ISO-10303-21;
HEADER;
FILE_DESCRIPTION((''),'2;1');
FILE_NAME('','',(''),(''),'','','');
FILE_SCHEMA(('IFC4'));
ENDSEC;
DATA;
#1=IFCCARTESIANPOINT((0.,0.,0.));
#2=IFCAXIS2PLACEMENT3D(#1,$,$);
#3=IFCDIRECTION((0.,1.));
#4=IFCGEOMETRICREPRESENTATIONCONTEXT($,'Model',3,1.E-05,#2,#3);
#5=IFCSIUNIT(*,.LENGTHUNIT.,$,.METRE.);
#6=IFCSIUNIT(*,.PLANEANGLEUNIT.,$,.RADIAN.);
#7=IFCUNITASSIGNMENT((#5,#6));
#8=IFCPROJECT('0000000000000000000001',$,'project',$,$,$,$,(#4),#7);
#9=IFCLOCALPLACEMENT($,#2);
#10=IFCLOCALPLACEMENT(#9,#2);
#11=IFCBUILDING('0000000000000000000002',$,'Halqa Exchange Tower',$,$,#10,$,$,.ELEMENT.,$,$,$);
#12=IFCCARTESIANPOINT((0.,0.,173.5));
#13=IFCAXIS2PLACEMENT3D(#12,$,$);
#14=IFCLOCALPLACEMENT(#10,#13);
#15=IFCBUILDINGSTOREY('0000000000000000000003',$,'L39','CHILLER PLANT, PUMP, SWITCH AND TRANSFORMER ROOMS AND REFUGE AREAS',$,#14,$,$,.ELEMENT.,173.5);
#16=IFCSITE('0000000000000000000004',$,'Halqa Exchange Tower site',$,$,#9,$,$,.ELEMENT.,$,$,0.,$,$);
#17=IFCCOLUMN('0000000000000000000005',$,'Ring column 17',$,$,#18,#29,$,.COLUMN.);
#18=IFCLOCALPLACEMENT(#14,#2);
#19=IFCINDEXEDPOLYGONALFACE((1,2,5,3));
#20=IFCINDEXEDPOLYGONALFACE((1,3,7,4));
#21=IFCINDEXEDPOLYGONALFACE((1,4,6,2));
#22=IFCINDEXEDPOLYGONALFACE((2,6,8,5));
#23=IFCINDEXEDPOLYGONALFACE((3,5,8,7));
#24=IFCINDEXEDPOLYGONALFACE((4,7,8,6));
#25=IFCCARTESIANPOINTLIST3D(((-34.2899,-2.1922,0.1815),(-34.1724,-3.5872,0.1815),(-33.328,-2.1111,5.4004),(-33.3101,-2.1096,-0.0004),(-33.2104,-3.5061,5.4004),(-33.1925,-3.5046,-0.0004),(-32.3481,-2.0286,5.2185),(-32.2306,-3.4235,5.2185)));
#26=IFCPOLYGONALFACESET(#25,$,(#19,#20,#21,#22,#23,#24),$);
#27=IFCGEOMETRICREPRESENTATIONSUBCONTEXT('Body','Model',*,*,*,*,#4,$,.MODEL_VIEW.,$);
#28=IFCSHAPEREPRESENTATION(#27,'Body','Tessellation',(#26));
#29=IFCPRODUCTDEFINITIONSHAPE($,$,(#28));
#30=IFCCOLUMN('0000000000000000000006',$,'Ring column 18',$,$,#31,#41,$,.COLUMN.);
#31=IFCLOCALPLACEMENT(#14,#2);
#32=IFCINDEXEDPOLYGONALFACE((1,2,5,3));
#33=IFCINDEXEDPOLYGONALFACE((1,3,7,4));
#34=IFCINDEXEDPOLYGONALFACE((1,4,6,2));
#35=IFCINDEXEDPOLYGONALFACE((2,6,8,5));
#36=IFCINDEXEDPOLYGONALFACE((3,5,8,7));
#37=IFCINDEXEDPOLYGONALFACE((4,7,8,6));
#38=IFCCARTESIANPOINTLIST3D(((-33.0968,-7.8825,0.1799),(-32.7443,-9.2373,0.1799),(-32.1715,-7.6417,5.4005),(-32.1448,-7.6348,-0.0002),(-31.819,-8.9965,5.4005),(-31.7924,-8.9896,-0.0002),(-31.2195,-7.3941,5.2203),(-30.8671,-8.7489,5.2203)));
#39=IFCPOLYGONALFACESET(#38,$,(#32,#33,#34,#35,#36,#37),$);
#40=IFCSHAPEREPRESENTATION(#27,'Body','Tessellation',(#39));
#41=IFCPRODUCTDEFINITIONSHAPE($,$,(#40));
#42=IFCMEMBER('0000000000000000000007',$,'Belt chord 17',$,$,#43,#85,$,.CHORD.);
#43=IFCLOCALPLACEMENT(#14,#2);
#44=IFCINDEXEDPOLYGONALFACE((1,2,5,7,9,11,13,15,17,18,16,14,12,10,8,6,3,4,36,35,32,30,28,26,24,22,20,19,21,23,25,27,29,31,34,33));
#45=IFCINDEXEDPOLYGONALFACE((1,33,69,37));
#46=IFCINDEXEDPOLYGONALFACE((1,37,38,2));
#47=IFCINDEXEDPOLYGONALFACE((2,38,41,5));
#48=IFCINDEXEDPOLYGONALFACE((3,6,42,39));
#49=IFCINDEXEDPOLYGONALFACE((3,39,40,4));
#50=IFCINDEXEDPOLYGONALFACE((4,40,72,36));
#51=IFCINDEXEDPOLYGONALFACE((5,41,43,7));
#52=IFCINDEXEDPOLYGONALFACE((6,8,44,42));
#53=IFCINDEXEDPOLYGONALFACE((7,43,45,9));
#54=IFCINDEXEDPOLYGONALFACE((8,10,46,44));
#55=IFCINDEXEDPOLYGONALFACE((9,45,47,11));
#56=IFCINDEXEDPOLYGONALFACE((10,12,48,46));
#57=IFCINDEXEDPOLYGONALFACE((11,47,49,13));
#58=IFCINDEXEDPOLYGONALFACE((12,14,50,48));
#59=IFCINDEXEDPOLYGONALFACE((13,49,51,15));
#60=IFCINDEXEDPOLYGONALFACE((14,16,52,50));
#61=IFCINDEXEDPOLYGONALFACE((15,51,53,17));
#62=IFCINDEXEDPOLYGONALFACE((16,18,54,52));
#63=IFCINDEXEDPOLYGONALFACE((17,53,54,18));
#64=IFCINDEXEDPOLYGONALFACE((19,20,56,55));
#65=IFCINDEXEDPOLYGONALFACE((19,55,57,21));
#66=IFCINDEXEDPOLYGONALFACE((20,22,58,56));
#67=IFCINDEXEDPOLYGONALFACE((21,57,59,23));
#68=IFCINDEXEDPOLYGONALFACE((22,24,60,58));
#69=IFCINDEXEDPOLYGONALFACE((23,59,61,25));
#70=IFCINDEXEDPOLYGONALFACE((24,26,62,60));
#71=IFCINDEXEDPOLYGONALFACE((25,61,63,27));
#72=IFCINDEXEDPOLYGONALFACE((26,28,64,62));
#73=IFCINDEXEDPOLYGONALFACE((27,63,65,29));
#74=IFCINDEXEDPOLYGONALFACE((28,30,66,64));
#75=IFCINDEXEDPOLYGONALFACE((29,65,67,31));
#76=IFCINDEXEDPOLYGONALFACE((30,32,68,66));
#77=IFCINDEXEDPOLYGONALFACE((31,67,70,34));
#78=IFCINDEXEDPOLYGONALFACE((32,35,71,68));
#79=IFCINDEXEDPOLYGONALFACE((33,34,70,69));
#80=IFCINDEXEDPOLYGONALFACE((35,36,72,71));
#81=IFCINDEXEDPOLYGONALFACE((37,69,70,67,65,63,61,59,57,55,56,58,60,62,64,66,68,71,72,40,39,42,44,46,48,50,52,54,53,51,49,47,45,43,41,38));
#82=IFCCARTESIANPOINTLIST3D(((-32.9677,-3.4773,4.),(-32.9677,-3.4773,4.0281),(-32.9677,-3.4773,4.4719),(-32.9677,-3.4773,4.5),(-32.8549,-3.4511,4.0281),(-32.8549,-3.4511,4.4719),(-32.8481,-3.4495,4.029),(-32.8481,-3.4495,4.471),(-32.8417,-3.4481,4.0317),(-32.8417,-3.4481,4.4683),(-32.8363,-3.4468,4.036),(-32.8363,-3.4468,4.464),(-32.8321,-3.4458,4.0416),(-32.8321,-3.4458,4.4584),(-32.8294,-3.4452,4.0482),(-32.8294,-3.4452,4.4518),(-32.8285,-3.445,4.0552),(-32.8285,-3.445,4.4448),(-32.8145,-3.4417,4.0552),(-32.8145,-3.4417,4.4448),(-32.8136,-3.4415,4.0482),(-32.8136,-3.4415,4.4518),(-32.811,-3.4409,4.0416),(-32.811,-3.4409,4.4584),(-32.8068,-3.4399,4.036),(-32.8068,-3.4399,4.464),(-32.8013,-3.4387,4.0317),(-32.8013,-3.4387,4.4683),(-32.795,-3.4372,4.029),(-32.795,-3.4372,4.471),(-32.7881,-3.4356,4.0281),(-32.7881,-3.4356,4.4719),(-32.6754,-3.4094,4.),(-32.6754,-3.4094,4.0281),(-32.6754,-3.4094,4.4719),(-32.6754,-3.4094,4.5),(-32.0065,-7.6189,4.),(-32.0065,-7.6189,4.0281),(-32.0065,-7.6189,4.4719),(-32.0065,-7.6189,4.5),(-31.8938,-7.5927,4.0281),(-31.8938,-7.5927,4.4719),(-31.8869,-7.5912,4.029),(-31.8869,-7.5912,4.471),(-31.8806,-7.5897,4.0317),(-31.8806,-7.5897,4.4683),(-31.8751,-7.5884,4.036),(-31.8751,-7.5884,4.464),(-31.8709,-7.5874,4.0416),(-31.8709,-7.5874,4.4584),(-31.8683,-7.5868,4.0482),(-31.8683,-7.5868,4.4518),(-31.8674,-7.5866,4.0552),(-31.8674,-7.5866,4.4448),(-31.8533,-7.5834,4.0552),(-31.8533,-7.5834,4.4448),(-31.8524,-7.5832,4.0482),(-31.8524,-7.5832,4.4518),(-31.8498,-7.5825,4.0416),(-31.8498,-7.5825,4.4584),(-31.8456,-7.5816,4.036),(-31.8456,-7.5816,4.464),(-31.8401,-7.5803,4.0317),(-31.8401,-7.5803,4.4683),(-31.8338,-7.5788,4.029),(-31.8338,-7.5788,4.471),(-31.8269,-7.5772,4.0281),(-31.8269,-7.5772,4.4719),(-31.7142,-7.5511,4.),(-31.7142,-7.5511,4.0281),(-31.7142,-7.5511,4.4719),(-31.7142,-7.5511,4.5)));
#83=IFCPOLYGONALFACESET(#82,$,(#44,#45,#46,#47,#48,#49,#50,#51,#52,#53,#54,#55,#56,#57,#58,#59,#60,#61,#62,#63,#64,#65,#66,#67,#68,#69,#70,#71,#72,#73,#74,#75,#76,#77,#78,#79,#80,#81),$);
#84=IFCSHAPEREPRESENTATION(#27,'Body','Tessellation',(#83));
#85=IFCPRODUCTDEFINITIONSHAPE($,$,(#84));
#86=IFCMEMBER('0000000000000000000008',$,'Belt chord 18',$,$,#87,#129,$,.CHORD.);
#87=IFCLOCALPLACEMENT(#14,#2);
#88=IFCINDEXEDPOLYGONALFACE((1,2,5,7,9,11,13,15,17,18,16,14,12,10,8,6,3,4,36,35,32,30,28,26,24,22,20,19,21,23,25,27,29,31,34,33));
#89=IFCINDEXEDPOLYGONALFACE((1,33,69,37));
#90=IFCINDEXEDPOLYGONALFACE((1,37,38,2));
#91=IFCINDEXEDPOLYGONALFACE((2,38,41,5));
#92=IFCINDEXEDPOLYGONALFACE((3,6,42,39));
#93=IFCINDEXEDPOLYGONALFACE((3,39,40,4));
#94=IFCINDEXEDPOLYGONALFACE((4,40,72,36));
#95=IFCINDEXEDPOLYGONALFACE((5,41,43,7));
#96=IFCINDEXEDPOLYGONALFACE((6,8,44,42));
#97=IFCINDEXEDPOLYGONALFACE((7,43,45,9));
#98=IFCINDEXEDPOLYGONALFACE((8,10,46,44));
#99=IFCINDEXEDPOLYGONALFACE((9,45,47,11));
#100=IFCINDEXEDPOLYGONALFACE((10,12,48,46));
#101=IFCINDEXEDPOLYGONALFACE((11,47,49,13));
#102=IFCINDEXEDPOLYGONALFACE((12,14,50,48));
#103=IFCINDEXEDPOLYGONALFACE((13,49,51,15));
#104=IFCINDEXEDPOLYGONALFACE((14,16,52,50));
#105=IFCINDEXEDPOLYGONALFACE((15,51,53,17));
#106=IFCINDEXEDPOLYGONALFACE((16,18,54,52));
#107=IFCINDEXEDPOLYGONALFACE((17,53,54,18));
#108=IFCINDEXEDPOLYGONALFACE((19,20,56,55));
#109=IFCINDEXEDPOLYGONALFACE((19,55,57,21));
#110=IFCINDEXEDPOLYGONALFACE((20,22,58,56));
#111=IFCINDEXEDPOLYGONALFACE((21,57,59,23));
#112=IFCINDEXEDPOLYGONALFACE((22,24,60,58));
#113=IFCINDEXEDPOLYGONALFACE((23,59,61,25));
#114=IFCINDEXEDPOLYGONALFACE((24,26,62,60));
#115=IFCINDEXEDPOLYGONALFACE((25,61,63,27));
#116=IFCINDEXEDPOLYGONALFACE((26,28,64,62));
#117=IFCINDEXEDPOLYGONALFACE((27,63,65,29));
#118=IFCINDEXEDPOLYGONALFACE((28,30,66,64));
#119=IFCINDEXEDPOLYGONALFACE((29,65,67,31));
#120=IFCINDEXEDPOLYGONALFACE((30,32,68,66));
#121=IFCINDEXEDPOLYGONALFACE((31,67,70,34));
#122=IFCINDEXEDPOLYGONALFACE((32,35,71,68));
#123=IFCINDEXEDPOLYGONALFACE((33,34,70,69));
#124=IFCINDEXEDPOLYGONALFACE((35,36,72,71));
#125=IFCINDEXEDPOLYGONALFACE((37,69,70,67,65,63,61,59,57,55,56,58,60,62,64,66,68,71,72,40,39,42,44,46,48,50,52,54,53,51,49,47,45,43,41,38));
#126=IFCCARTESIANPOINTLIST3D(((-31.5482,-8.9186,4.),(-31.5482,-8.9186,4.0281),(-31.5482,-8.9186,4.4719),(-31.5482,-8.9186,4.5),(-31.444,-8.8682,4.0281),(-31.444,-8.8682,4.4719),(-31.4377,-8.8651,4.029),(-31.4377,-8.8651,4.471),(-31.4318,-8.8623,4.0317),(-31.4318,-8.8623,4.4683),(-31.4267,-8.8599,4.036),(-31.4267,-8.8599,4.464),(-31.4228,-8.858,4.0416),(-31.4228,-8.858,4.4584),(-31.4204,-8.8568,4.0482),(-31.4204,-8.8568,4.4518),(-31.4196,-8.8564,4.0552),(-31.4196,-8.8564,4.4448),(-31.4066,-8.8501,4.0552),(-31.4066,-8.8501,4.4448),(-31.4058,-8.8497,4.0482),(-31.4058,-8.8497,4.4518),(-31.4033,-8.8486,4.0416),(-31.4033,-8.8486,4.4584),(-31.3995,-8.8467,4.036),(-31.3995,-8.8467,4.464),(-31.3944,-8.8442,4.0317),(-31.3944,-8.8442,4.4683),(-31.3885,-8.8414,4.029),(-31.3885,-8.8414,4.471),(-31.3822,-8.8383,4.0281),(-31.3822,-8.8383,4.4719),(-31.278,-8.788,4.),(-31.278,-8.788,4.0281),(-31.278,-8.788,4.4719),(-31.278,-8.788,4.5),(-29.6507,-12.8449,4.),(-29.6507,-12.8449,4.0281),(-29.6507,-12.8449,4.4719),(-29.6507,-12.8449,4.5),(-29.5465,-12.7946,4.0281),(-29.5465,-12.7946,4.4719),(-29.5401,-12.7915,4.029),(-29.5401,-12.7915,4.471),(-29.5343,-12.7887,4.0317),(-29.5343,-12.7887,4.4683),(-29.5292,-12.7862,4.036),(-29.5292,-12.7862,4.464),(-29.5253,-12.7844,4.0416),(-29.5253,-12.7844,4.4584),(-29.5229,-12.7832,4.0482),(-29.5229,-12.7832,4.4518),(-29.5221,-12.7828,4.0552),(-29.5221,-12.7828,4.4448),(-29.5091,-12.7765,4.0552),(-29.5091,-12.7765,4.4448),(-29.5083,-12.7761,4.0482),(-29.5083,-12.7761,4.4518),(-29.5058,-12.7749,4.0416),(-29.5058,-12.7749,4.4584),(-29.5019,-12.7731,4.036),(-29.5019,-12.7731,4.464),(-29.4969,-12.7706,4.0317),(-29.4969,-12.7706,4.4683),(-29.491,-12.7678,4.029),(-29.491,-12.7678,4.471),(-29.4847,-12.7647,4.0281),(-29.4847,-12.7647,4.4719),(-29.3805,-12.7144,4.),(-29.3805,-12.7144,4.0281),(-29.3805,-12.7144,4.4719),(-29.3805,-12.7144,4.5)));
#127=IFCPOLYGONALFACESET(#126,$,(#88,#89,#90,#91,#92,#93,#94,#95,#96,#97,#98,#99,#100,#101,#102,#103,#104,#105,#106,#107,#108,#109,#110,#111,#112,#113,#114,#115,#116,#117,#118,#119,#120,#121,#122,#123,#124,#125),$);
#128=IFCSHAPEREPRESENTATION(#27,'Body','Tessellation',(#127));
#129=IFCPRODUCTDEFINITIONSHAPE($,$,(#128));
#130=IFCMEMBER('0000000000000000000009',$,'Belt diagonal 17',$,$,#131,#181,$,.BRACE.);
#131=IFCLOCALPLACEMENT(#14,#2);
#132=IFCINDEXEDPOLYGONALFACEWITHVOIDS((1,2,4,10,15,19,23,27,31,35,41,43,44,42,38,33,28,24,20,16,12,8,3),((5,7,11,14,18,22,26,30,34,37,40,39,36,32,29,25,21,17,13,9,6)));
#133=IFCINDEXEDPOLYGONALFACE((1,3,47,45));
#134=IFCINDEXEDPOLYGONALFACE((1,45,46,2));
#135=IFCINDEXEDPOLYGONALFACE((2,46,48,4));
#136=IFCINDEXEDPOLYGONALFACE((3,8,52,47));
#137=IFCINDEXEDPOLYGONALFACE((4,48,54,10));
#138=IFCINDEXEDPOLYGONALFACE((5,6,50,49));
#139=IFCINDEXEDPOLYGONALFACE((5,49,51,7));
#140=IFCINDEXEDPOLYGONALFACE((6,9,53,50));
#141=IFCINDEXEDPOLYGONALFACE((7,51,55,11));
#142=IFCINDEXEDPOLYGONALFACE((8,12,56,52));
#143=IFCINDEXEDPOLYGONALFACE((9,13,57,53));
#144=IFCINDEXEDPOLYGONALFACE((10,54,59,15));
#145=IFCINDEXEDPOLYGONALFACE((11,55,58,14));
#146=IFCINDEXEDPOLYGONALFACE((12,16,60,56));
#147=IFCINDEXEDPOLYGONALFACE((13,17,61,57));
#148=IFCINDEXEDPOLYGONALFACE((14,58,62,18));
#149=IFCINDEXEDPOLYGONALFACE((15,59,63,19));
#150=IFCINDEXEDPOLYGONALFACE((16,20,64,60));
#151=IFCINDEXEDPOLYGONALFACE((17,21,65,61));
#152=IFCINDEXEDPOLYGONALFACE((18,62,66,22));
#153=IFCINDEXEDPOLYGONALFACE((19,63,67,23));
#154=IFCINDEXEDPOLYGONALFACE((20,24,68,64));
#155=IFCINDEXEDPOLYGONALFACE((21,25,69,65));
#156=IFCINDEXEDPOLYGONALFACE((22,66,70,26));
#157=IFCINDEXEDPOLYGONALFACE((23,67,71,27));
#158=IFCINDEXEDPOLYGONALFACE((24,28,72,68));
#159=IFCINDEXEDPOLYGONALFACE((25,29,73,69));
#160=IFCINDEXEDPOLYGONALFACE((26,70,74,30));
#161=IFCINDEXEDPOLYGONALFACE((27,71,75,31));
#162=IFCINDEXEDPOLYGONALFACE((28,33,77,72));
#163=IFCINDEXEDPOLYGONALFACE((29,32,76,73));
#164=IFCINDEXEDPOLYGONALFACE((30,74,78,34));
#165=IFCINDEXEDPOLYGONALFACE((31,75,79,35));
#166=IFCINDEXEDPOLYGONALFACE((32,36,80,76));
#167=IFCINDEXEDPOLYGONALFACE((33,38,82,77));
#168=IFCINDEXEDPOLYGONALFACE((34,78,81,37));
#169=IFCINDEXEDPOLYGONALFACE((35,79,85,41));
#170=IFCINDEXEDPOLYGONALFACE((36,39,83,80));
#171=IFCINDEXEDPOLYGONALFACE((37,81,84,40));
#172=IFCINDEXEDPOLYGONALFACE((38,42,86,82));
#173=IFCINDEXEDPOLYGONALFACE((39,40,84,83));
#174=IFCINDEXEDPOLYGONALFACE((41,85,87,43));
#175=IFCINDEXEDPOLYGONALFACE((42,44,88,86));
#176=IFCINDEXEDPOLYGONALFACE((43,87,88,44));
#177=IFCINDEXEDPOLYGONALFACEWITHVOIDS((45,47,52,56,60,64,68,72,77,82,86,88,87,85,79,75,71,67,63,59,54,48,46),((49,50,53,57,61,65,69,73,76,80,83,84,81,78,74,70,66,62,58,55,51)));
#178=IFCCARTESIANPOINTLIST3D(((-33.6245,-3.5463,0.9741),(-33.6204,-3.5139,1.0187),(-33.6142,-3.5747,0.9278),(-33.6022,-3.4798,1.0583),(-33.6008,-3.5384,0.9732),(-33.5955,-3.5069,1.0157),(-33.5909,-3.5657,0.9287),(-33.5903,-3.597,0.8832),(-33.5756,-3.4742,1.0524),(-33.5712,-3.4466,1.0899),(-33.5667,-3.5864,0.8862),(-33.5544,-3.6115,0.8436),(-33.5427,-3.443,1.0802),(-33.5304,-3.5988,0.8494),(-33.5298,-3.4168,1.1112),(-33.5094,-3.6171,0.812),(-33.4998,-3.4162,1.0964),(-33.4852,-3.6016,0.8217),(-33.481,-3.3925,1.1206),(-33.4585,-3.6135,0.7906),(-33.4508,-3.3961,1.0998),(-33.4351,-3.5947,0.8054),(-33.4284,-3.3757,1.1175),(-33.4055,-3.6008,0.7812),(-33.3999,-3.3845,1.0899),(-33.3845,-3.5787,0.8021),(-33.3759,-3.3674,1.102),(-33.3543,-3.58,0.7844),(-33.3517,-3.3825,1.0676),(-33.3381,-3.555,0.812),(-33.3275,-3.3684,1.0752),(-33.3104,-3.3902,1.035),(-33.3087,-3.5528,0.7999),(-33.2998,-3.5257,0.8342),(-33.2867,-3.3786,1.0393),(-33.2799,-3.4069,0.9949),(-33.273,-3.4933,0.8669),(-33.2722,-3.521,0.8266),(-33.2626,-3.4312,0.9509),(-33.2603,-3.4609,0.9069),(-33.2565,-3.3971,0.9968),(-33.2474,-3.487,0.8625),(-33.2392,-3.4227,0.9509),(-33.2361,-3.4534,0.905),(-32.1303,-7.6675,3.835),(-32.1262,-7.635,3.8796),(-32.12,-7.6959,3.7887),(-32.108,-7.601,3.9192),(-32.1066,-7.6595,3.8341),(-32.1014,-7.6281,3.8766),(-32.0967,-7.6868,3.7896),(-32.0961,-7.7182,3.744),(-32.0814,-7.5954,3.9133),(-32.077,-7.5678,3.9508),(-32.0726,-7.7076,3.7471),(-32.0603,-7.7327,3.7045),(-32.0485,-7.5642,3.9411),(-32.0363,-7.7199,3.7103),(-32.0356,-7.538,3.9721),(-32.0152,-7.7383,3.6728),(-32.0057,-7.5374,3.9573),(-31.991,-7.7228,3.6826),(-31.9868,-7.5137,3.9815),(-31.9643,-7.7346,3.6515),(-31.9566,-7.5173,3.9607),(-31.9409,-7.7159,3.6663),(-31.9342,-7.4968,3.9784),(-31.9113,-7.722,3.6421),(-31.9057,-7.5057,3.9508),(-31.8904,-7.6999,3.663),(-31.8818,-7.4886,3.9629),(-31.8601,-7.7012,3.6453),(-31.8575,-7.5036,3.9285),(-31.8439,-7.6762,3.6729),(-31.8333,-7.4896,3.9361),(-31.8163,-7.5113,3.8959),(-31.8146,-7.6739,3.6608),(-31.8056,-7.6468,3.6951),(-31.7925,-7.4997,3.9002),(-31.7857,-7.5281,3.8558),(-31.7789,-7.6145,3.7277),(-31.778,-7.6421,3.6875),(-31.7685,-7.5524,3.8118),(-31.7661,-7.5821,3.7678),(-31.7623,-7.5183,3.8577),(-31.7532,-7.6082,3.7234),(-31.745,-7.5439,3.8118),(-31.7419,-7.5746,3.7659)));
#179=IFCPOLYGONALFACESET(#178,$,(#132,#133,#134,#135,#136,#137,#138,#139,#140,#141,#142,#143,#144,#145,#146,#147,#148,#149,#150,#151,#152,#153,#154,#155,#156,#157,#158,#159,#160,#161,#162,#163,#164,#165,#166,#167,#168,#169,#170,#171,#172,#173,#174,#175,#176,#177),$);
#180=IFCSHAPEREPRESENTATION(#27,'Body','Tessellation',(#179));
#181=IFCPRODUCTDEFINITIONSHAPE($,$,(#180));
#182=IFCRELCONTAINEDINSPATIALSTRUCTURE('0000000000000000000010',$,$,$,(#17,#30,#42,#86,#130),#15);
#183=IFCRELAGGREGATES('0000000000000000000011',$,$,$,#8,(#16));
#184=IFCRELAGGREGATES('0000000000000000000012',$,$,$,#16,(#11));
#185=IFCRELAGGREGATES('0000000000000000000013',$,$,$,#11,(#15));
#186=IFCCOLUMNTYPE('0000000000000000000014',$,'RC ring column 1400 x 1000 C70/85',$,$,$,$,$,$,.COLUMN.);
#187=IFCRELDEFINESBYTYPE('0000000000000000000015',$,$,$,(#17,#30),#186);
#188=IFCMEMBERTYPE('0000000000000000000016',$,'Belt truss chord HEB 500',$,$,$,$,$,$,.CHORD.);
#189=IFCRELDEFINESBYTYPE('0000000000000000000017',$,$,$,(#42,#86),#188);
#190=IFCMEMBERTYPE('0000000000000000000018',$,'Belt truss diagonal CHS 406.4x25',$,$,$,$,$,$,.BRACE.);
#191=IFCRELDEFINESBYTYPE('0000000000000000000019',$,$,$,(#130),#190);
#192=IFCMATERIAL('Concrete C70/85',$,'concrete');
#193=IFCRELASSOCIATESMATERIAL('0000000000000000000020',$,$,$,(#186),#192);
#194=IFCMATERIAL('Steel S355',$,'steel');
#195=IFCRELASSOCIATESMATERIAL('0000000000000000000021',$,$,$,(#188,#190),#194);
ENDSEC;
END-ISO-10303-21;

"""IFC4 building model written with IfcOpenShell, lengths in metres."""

from ifc_helpers import new_model, si_unit, direction, frame, origin, origin_2d, place, context, subcontext, project, spatial, rectangle, hollow_circle, i_section, extrude, material, material_profile, profile_set, type_object, element, save


model = new_model("IFC4")

# Units and contexts
model_context = context("Model", 3, precision=1e-05, world=origin(), true_north=direction((0.0, 1.0)))
body_context = subcontext(model_context, "Body", "Model", "MODEL_VIEW")
ifc_project = project(units=[si_unit("LENGTHUNIT", "METRE"), si_unit("PLANEANGLEUNIT", "RADIAN")], contexts=[model_context])

# Site, building, storey
site_placement = place(None, origin())
site = spatial("IfcSite", under=ifc_project, at=site_placement, Name="Halqa Exchange Tower site", CompositionType="ELEMENT", RefElevation=0.0)
building_placement = place(site_placement, origin())
building = spatial("IfcBuilding", under=site, at=building_placement, Name="Halqa Exchange Tower", CompositionType="ELEMENT")
storey_placement = place(building_placement, frame((0.0, 0.0, 173.5)))
storey = spatial("IfcBuildingStorey", under=building, at=storey_placement, Name="L39", Description="CHILLER PLANT, PUMP, SWITCH AND TRANSFORMER ROOMS AND REFUGE AREAS", CompositionType="ELEMENT", Elevation=173.5)

# Columns
ifc_material_1 = material(Name="Concrete C70/85", Category="concrete")
ifc_material_profile_1 = material_profile(ifc_material_1, rectangle(XDim=1.3999, YDim=1.0, at=origin_2d()), Name="1400 x 1000")
ifc_profile_set_1 = profile_set([ifc_material_profile_1], Name="Concrete C70/85")
column_type = type_object("IfcColumnType", Name="RC ring column 1400 x 1000 C70/85", PredefinedType="COLUMN", material=ifc_profile_set_1)
for number, where, z_axis, x_axis, name in (
    (1, (-33.7412, -2.8484, 0.0906), (0.181244, 0.015272, 0.98332), (-0.083966, 0.996469, 0.0), "Ring column 17"),
    (2, (-32.4446, -8.436, 0.0898), (0.174344, 0.045357, 0.98364), (-0.251777, 0.967785, 0.0), "Ring column 18"),
):
    element("IfcColumn", number, at=place(storey_placement, frame(where, z_axis=z_axis, x_axis=x_axis)), inside=storey, type_object=column_type, Name=name, PredefinedType="COLUMN", context=body_context, shape_type="SweptSolid", body=[
        extrude(rectangle(XDim=1.3999, YDim=1.0, at=origin_2d()), origin(), (0.0, 0.0, 1.0), 5.3074),
    ])

# Members
ifc_material_2 = material(Name="Steel S355", Category="steel")
ifc_material_profile_2 = material_profile(ifc_material_2, i_section(OverallWidth=0.3, OverallDepth=0.5, WebThickness=0.0144, FlangeThickness=0.0281, FilletRadius=0.0271, at=origin_2d()), Name="HEB 500")
ifc_profile_set_2 = profile_set([ifc_material_profile_2], Name="Steel S355")
member_type_1 = type_object("IfcMemberType", Name="Belt truss chord HEB 500", PredefinedType="CHORD", material=ifc_profile_set_2)
member_1_placement = place(storey_placement, frame((-32.8215, -3.4434, 4.25), z_axis=(0.226071, -0.974111, 0.0), x_axis=(0.974111, 0.226071, 0.0)))
element("IfcMember", 3, at=member_1_placement, inside=storey, type_object=member_type_1, Name="Belt chord 17", PredefinedType="CHORD", context=body_context, shape_type="SweptSolid", body=[
    extrude(i_section(OverallWidth=0.3, OverallDepth=0.5, WebThickness=0.0144, FlangeThickness=0.0281, FilletRadius=0.0271, at=origin_2d()), origin(), (0.0, 0.0, 1.0), 4.2517),
])
member_2_placement = place(storey_placement, frame((-31.4131, -8.8533, 4.25), z_axis=(0.435125, -0.90037, 0.0), x_axis=(0.90037, 0.435125, 0.0)))
element("IfcMember", 4, at=member_2_placement, inside=storey, type_object=member_type_1, Name="Belt chord 18", PredefinedType="CHORD", context=body_context, shape_type="SweptSolid", body=[
    extrude(i_section(OverallWidth=0.3, OverallDepth=0.5, WebThickness=0.0144, FlangeThickness=0.0281, FilletRadius=0.0271, at=origin_2d()), origin(), (0.0, 0.0, 1.0), 4.3608),
])
ifc_material_profile_3 = material_profile(ifc_material_2, hollow_circle(Radius=0.2031, WallThickness=0.0249, at=origin_2d()), Name="CHS 406.4x25")
ifc_profile_set_3 = profile_set([ifc_material_profile_3], Name="Steel S355")
member_type_2 = type_object("IfcMemberType", Name="Belt truss diagonal CHS 406.4x25", PredefinedType="BRACE", material=ifc_profile_set_3)
member_3_placement = place(storey_placement, frame((-33.4302, -3.4919, 0.9509), z_axis=(0.285439, -0.787291, 0.546533), x_axis=(0.940118, 0.340849, 0.0)))
element("IfcMember", 5, at=member_3_placement, inside=storey, type_object=member_type_2, Name="Belt diagonal 17", PredefinedType="BRACE", context=body_context, shape_type="SweptSolid", body=[
    extrude(hollow_circle(Radius=0.2031, WallThickness=0.0249, at=origin_2d()), origin(), (0.0, 0.0, 1.0), 5.2346),
])

save(model, "model.ifc")
